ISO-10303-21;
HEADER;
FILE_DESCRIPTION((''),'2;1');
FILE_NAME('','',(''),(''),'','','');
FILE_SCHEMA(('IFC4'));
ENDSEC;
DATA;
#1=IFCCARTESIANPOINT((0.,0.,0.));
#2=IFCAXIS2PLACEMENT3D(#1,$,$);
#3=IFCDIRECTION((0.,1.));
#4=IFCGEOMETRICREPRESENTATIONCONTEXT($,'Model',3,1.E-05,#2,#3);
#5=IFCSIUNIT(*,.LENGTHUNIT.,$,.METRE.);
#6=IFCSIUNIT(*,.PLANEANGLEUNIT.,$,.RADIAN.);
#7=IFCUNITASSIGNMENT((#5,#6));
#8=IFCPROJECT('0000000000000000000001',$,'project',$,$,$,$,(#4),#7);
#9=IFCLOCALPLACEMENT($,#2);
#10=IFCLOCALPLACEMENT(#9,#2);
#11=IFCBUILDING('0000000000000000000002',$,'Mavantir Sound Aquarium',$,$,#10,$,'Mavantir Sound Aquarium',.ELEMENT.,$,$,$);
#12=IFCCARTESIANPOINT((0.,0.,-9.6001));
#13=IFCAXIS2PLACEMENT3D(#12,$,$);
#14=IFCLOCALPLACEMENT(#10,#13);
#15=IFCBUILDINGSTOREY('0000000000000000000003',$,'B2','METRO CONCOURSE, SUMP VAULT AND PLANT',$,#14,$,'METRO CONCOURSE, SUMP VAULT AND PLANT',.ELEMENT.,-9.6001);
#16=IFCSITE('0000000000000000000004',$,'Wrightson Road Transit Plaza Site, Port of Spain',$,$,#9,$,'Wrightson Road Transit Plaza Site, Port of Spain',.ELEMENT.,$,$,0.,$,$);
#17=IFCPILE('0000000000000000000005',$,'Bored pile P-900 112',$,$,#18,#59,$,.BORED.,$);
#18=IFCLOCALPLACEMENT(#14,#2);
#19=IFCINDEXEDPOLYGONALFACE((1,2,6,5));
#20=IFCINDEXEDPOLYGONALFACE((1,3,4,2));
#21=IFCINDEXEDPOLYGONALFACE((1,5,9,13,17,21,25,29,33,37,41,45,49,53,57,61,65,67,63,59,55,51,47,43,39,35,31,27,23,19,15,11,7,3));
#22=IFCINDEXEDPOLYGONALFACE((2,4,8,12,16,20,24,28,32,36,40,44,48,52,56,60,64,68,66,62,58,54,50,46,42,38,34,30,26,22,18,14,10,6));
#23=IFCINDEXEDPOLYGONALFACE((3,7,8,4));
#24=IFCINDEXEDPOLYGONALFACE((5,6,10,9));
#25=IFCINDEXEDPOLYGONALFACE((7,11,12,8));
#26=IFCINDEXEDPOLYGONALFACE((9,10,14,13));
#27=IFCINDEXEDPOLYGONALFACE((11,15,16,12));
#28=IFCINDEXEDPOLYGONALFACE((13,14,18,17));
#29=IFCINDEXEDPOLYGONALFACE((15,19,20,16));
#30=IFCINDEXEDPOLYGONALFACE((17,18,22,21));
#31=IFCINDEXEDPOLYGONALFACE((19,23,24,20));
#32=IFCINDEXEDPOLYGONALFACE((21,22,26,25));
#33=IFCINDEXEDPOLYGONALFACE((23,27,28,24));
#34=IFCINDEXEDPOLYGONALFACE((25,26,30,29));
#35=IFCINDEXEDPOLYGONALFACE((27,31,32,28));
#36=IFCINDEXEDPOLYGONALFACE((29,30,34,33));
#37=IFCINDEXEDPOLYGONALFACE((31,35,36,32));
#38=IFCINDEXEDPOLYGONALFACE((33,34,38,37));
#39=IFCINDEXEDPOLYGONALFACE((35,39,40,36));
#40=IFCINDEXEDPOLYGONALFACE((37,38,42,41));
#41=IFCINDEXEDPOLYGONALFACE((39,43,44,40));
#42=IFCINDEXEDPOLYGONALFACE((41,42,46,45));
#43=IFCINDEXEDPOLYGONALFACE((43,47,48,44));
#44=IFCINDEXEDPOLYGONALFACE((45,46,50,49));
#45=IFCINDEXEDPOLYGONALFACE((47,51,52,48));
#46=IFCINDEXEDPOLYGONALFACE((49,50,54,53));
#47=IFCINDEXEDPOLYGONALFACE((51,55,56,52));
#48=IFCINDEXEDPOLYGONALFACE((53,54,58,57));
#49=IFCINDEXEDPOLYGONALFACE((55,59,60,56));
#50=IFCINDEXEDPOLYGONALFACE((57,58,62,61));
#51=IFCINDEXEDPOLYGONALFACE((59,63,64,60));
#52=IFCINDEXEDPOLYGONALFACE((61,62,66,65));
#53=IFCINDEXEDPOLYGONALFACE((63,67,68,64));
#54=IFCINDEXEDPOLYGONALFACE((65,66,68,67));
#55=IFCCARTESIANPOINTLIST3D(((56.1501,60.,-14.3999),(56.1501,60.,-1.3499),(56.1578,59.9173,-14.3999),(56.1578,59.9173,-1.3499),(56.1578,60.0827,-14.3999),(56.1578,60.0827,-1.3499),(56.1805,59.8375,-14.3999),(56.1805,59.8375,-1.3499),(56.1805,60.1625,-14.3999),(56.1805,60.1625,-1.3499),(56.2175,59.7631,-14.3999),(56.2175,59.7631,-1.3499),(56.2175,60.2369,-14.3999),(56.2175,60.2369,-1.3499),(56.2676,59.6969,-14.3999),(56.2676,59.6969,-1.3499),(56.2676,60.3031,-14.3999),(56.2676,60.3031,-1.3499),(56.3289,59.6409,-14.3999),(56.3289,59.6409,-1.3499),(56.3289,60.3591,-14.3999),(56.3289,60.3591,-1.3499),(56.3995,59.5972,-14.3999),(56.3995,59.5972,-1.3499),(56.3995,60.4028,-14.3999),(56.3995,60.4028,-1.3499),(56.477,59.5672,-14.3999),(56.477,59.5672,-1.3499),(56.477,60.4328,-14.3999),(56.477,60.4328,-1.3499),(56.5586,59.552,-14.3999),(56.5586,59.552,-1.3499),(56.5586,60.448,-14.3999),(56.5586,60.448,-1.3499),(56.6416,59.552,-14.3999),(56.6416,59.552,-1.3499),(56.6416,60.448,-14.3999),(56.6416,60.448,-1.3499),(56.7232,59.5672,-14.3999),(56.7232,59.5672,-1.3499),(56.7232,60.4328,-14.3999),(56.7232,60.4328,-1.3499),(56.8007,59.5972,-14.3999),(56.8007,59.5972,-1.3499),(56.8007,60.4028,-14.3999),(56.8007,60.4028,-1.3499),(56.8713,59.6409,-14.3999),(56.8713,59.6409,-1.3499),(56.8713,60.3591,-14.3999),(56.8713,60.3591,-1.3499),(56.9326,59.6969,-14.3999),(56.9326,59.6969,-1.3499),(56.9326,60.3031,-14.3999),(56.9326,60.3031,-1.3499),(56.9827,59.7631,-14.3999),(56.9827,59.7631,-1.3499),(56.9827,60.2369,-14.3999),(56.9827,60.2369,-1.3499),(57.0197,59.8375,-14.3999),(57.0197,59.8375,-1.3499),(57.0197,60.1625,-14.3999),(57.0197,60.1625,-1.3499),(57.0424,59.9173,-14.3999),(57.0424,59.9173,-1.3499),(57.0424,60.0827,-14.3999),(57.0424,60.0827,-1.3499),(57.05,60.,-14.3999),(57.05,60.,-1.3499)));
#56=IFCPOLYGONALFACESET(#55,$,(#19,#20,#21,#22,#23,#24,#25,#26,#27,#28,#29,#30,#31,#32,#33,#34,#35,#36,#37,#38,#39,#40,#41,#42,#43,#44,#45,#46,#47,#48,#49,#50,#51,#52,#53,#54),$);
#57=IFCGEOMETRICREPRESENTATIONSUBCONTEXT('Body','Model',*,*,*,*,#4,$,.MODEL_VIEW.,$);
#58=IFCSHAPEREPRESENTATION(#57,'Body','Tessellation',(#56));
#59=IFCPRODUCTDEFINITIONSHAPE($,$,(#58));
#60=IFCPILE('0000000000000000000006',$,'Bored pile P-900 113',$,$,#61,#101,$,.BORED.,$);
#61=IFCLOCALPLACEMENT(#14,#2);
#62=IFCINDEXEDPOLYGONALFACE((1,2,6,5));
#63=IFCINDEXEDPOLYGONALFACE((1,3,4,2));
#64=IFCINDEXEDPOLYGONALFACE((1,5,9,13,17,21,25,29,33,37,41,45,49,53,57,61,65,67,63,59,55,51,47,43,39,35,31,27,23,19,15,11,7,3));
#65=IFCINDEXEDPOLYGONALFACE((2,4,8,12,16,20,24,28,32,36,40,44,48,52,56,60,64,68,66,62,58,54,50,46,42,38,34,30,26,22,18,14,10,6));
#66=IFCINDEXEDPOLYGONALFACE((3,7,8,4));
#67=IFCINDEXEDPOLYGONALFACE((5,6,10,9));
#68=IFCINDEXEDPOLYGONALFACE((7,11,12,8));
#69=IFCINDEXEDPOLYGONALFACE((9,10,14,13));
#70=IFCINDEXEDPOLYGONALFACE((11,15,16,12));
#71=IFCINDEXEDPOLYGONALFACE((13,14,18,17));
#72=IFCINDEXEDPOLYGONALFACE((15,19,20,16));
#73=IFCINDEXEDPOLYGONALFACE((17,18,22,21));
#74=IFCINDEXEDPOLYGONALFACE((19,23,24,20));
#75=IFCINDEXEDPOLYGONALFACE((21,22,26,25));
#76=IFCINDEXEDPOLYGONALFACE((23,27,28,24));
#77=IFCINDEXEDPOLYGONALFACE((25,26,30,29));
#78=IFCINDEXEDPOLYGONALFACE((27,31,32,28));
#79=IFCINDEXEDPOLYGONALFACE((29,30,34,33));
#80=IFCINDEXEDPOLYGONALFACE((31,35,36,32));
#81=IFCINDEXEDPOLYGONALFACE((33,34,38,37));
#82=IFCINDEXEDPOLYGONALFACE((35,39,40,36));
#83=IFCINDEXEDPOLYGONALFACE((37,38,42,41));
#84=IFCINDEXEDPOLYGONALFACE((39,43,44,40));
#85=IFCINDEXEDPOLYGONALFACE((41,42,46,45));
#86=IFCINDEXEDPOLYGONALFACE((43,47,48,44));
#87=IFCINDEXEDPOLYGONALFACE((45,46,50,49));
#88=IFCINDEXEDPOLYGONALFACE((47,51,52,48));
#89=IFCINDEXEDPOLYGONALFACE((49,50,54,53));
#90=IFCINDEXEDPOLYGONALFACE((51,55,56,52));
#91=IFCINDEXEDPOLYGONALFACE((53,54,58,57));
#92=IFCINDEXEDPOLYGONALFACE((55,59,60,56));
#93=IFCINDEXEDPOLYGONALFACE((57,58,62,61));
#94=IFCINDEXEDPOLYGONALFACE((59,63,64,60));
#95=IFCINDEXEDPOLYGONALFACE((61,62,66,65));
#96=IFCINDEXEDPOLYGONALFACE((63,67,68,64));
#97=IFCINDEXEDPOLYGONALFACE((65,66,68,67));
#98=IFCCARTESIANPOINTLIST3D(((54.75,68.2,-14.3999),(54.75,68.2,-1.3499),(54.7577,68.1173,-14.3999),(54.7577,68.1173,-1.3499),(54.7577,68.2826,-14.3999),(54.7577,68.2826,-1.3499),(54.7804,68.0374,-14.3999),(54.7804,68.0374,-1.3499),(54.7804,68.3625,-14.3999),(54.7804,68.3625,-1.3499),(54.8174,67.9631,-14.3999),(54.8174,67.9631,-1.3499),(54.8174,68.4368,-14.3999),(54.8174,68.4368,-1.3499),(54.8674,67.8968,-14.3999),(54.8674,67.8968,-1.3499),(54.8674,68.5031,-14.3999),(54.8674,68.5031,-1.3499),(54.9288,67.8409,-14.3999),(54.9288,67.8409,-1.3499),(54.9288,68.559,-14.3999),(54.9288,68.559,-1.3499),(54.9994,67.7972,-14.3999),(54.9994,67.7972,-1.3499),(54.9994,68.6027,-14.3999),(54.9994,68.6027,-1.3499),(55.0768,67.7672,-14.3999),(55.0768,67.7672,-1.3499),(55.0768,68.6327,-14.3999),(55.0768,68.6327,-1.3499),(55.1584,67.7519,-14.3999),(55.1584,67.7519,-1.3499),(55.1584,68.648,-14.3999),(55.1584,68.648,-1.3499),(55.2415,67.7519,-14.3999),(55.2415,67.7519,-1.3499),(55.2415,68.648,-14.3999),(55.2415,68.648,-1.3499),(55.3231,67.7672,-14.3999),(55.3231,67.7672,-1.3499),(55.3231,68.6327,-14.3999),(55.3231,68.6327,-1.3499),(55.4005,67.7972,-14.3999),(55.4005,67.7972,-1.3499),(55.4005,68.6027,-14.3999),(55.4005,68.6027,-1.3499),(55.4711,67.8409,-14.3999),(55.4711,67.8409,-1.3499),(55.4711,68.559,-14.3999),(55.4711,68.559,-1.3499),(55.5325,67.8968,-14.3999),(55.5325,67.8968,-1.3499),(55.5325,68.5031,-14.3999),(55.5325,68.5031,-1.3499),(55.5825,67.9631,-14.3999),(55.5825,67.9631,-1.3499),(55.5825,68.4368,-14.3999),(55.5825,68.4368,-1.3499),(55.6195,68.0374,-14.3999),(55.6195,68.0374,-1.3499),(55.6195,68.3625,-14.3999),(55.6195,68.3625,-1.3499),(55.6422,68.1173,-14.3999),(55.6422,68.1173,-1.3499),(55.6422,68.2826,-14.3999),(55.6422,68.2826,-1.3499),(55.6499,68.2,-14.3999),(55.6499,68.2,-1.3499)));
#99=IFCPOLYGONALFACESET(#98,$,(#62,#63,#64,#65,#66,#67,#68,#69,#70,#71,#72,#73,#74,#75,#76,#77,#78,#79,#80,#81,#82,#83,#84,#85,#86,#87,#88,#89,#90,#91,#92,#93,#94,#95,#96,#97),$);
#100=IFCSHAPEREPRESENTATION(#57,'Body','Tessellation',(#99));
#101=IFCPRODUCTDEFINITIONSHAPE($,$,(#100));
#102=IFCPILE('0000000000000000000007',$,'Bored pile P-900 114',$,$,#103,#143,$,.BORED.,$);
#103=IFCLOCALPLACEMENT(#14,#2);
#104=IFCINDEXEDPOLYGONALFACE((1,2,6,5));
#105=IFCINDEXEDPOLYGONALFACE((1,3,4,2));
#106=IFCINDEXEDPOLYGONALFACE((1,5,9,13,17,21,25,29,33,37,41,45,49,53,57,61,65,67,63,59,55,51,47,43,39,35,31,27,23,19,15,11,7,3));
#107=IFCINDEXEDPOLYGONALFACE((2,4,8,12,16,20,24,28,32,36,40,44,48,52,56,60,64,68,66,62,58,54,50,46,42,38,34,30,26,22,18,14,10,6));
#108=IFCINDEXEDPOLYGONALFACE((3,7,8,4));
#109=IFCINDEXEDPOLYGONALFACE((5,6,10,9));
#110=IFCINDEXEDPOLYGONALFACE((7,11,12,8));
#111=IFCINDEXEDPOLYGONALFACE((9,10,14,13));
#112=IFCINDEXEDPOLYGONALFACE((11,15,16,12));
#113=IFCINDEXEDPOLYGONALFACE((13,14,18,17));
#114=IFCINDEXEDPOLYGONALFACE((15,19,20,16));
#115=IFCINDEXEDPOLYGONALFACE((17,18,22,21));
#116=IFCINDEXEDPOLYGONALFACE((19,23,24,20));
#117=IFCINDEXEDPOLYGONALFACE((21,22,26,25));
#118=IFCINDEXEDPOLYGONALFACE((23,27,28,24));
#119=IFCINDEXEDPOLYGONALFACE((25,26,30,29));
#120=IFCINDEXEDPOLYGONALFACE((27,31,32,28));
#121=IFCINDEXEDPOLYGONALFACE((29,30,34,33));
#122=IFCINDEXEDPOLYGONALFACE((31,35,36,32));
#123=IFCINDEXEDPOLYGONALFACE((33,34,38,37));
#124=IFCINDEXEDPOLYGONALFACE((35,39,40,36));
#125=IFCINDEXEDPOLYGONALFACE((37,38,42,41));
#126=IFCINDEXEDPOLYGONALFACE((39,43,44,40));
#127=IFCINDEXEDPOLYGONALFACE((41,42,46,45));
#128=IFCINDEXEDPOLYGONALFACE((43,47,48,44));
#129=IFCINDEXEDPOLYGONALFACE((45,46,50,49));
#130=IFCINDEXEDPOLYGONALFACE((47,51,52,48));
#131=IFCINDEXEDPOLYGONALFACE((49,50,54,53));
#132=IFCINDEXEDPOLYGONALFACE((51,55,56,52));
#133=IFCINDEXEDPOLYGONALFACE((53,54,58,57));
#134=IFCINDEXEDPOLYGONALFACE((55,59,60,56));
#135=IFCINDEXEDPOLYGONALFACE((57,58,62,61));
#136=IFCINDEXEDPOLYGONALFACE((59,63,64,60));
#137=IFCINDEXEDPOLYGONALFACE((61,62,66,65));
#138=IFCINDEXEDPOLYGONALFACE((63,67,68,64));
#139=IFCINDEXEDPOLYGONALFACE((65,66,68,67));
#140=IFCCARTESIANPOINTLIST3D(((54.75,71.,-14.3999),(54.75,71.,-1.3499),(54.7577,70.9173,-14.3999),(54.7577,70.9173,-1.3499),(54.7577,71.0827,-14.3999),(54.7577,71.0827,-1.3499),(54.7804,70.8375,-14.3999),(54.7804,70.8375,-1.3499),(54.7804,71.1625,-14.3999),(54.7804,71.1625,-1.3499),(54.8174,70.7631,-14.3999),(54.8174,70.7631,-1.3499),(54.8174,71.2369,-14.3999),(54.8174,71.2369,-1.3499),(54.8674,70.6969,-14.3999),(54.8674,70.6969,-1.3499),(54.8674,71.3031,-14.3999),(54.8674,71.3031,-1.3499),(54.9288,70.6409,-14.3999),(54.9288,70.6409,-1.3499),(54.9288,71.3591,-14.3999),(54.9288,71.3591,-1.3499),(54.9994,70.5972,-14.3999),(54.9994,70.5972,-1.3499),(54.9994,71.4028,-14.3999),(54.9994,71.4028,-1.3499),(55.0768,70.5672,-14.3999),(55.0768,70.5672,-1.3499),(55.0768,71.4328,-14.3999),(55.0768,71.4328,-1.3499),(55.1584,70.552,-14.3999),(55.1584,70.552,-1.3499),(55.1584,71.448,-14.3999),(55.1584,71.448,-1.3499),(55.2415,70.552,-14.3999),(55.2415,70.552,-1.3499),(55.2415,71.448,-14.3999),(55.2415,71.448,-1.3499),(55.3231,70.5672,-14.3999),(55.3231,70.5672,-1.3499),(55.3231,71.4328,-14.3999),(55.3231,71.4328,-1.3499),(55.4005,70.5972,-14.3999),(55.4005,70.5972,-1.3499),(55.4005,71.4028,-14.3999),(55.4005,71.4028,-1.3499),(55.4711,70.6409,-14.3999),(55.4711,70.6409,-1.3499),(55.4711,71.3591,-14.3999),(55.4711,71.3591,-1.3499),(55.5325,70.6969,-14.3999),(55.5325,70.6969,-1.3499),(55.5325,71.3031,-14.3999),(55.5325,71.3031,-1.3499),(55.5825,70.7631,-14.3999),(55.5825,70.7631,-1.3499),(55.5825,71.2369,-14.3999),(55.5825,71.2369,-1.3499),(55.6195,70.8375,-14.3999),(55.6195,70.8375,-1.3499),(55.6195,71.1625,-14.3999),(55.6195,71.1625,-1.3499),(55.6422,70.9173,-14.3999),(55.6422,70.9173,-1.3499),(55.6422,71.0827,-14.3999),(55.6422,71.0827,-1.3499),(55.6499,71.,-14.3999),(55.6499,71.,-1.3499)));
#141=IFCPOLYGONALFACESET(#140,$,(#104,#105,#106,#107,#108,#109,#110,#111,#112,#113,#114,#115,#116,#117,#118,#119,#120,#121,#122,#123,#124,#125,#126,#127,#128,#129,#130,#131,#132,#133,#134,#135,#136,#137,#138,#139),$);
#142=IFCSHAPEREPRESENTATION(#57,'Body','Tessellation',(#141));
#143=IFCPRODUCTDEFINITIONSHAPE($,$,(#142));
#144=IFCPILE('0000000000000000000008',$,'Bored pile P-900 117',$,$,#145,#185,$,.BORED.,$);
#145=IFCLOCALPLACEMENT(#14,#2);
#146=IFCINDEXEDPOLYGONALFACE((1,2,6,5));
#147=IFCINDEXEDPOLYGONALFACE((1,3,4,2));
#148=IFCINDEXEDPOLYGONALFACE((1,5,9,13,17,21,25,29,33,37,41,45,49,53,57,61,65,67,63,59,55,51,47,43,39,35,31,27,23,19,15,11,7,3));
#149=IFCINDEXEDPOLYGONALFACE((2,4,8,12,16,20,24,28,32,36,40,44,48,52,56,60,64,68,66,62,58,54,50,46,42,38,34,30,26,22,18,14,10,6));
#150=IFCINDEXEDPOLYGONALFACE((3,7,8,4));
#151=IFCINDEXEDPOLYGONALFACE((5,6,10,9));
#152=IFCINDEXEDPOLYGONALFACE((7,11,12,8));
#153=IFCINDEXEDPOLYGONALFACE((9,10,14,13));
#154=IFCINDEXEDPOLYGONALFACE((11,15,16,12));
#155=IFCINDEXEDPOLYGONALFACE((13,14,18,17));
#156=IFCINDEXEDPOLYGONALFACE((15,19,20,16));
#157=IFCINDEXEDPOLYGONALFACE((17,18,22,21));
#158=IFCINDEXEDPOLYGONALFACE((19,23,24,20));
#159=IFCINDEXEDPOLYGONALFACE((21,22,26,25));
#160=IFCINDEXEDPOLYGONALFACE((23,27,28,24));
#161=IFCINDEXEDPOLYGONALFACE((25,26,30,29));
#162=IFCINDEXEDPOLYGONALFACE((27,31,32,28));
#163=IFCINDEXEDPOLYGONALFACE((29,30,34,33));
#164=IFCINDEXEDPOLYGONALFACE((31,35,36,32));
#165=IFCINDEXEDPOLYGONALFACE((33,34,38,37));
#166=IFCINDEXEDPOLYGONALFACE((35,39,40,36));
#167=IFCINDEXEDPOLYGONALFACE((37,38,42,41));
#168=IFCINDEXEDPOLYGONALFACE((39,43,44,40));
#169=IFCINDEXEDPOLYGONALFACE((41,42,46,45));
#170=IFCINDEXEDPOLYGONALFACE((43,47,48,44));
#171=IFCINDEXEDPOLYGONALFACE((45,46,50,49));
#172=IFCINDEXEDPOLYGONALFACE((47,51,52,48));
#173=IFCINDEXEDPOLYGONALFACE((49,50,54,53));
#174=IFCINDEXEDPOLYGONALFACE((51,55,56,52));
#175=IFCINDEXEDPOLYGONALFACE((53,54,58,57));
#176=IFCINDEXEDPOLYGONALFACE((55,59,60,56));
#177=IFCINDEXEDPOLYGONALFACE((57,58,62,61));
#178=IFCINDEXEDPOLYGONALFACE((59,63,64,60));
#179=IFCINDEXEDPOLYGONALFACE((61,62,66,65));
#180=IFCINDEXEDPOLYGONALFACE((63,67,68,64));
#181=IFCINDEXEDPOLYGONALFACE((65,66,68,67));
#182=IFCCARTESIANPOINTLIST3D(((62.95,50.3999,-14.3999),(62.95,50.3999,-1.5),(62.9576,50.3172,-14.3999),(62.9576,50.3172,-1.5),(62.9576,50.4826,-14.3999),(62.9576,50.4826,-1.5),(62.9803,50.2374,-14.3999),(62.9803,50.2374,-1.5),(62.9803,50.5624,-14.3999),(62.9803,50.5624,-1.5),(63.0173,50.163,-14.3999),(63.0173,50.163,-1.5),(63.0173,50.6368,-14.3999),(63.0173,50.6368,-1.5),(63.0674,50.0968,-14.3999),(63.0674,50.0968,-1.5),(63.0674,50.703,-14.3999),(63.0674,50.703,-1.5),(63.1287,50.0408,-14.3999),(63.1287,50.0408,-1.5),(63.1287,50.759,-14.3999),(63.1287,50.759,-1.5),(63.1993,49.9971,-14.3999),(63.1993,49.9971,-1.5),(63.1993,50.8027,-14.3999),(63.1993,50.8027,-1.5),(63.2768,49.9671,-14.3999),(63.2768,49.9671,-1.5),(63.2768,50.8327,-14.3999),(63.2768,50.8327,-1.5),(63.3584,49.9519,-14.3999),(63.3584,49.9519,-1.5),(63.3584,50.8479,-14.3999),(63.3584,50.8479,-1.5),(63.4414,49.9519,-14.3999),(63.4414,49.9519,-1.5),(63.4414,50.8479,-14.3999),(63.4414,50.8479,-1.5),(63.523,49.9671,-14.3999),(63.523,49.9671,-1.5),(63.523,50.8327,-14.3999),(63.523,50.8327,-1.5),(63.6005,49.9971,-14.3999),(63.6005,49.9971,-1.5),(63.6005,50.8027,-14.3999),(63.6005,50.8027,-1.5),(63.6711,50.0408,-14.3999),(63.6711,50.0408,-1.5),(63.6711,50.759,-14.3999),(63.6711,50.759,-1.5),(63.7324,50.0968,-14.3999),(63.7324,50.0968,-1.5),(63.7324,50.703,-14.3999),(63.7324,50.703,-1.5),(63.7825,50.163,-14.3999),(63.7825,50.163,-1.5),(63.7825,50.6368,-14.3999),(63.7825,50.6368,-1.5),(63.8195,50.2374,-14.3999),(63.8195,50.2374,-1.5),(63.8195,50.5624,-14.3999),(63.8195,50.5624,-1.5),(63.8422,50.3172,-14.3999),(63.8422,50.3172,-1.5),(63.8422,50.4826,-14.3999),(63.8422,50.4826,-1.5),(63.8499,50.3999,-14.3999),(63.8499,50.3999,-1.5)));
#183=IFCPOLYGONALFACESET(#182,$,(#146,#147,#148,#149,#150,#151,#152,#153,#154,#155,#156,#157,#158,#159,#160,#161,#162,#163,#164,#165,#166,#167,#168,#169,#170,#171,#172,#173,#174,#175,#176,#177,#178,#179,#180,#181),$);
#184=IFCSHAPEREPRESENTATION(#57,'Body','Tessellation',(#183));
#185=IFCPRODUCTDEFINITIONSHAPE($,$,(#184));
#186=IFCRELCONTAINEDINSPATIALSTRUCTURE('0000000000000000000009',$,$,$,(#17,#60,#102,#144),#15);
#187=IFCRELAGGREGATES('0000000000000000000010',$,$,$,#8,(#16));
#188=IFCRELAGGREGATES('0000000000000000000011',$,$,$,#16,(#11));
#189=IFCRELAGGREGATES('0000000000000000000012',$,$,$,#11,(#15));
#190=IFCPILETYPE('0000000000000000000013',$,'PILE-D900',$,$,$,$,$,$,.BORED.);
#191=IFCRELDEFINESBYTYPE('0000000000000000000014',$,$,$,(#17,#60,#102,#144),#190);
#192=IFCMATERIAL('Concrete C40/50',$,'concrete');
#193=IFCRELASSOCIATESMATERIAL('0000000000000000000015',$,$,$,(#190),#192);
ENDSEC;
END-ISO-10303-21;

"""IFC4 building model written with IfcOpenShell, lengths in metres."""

from ifc_helpers import new_model, si_unit, direction, frame, origin, origin_2d, place, context, subcontext, project, spatial, circle, extrude, material, material_profile, profile_set, type_object, element, save


model = new_model("IFC4")

# Units and contexts
model_context = context("Model", 3, precision=1e-05, world=origin(), true_north=direction((0.0, 1.0)))
body_context = subcontext(model_context, "Body", "Model", "MODEL_VIEW")
ifc_project = project(units=[si_unit("LENGTHUNIT", "METRE"), si_unit("PLANEANGLEUNIT", "RADIAN")], contexts=[model_context])

# Site, building, storey
site_placement = place(None, origin())
site = spatial("IfcSite", under=ifc_project, at=site_placement, Name="Wrightson Road Transit Plaza Site, Port of Spain", LongName="Wrightson Road Transit Plaza Site, Port of Spain", CompositionType="ELEMENT", RefElevation=0.0)
building_placement = place(site_placement, origin())
building = spatial("IfcBuilding", under=site, at=building_placement, Name="Mavantir Sound Aquarium", LongName="Mavantir Sound Aquarium", CompositionType="ELEMENT")
storey_placement = place(building_placement, frame((0.0, 0.0, -9.6001)))
storey = spatial("IfcBuildingStorey", under=building, at=storey_placement, Name="B2", Description="METRO CONCOURSE, SUMP VAULT AND PLANT", LongName="METRO CONCOURSE, SUMP VAULT AND PLANT", CompositionType="ELEMENT", Elevation=-9.6001)

# Shared definitions
ifc_material_1 = material(Name="Concrete C40/50", Category="concrete")

# Piles
ifc_material_profile_1 = material_profile(ifc_material_1, circle(Radius=0.45, at=origin_2d()), Name="PILE D900")
ifc_profile_set_1 = profile_set([ifc_material_profile_1], Name="Concrete C40/50")
pile_type = type_object("IfcPileType", Name="PILE-D900", PredefinedType="BORED", material=ifc_profile_set_1)
for number, where, z_axis, x_axis, name in (
    (1, (56.6001, 60.0, -1.3499), (0.0, 0.0, -1.0), (1.0, 0.0, 0.0), "Bored pile P-900 112"),
    (2, (55.2, 68.2, -1.3499), (0.0, 0.0, -1.0), (1.0, 0.0, 0.0), "Bored pile P-900 113"),
    (3, (55.2, 71.0, -1.3499), (0.0, 0.0, -1.0), (1.0, 0.0, 0.0), "Bored pile P-900 114"),
):
    element("IfcPile", number, at=place(storey_placement, frame(where, z_axis=z_axis, x_axis=x_axis)), inside=storey, type_object=pile_type, Name=name, PredefinedType="BORED", context=body_context, shape_type="SweptSolid", body=[
        extrude(circle(Radius=0.45, at=origin_2d()), origin(), (0.0, 0.0, 1.0), 13.05),
    ])
for number, where, z_axis, x_axis, name in (
    (4, (63.3999, 50.3999, -1.5), (0.0, 0.0, -1.0), (1.0, 0.0, 0.0), "Bored pile P-900 117"),
):
    element("IfcPile", number, at=place(storey_placement, frame(where, z_axis=z_axis, x_axis=x_axis)), inside=storey, type_object=pile_type, Name=name, PredefinedType="BORED", context=body_context, shape_type="SweptSolid", body=[
        extrude(circle(Radius=0.45, at=origin_2d()), origin(), (0.0, 0.0, 1.0), 12.8999),
    ])

save(model, "model.ifc")
